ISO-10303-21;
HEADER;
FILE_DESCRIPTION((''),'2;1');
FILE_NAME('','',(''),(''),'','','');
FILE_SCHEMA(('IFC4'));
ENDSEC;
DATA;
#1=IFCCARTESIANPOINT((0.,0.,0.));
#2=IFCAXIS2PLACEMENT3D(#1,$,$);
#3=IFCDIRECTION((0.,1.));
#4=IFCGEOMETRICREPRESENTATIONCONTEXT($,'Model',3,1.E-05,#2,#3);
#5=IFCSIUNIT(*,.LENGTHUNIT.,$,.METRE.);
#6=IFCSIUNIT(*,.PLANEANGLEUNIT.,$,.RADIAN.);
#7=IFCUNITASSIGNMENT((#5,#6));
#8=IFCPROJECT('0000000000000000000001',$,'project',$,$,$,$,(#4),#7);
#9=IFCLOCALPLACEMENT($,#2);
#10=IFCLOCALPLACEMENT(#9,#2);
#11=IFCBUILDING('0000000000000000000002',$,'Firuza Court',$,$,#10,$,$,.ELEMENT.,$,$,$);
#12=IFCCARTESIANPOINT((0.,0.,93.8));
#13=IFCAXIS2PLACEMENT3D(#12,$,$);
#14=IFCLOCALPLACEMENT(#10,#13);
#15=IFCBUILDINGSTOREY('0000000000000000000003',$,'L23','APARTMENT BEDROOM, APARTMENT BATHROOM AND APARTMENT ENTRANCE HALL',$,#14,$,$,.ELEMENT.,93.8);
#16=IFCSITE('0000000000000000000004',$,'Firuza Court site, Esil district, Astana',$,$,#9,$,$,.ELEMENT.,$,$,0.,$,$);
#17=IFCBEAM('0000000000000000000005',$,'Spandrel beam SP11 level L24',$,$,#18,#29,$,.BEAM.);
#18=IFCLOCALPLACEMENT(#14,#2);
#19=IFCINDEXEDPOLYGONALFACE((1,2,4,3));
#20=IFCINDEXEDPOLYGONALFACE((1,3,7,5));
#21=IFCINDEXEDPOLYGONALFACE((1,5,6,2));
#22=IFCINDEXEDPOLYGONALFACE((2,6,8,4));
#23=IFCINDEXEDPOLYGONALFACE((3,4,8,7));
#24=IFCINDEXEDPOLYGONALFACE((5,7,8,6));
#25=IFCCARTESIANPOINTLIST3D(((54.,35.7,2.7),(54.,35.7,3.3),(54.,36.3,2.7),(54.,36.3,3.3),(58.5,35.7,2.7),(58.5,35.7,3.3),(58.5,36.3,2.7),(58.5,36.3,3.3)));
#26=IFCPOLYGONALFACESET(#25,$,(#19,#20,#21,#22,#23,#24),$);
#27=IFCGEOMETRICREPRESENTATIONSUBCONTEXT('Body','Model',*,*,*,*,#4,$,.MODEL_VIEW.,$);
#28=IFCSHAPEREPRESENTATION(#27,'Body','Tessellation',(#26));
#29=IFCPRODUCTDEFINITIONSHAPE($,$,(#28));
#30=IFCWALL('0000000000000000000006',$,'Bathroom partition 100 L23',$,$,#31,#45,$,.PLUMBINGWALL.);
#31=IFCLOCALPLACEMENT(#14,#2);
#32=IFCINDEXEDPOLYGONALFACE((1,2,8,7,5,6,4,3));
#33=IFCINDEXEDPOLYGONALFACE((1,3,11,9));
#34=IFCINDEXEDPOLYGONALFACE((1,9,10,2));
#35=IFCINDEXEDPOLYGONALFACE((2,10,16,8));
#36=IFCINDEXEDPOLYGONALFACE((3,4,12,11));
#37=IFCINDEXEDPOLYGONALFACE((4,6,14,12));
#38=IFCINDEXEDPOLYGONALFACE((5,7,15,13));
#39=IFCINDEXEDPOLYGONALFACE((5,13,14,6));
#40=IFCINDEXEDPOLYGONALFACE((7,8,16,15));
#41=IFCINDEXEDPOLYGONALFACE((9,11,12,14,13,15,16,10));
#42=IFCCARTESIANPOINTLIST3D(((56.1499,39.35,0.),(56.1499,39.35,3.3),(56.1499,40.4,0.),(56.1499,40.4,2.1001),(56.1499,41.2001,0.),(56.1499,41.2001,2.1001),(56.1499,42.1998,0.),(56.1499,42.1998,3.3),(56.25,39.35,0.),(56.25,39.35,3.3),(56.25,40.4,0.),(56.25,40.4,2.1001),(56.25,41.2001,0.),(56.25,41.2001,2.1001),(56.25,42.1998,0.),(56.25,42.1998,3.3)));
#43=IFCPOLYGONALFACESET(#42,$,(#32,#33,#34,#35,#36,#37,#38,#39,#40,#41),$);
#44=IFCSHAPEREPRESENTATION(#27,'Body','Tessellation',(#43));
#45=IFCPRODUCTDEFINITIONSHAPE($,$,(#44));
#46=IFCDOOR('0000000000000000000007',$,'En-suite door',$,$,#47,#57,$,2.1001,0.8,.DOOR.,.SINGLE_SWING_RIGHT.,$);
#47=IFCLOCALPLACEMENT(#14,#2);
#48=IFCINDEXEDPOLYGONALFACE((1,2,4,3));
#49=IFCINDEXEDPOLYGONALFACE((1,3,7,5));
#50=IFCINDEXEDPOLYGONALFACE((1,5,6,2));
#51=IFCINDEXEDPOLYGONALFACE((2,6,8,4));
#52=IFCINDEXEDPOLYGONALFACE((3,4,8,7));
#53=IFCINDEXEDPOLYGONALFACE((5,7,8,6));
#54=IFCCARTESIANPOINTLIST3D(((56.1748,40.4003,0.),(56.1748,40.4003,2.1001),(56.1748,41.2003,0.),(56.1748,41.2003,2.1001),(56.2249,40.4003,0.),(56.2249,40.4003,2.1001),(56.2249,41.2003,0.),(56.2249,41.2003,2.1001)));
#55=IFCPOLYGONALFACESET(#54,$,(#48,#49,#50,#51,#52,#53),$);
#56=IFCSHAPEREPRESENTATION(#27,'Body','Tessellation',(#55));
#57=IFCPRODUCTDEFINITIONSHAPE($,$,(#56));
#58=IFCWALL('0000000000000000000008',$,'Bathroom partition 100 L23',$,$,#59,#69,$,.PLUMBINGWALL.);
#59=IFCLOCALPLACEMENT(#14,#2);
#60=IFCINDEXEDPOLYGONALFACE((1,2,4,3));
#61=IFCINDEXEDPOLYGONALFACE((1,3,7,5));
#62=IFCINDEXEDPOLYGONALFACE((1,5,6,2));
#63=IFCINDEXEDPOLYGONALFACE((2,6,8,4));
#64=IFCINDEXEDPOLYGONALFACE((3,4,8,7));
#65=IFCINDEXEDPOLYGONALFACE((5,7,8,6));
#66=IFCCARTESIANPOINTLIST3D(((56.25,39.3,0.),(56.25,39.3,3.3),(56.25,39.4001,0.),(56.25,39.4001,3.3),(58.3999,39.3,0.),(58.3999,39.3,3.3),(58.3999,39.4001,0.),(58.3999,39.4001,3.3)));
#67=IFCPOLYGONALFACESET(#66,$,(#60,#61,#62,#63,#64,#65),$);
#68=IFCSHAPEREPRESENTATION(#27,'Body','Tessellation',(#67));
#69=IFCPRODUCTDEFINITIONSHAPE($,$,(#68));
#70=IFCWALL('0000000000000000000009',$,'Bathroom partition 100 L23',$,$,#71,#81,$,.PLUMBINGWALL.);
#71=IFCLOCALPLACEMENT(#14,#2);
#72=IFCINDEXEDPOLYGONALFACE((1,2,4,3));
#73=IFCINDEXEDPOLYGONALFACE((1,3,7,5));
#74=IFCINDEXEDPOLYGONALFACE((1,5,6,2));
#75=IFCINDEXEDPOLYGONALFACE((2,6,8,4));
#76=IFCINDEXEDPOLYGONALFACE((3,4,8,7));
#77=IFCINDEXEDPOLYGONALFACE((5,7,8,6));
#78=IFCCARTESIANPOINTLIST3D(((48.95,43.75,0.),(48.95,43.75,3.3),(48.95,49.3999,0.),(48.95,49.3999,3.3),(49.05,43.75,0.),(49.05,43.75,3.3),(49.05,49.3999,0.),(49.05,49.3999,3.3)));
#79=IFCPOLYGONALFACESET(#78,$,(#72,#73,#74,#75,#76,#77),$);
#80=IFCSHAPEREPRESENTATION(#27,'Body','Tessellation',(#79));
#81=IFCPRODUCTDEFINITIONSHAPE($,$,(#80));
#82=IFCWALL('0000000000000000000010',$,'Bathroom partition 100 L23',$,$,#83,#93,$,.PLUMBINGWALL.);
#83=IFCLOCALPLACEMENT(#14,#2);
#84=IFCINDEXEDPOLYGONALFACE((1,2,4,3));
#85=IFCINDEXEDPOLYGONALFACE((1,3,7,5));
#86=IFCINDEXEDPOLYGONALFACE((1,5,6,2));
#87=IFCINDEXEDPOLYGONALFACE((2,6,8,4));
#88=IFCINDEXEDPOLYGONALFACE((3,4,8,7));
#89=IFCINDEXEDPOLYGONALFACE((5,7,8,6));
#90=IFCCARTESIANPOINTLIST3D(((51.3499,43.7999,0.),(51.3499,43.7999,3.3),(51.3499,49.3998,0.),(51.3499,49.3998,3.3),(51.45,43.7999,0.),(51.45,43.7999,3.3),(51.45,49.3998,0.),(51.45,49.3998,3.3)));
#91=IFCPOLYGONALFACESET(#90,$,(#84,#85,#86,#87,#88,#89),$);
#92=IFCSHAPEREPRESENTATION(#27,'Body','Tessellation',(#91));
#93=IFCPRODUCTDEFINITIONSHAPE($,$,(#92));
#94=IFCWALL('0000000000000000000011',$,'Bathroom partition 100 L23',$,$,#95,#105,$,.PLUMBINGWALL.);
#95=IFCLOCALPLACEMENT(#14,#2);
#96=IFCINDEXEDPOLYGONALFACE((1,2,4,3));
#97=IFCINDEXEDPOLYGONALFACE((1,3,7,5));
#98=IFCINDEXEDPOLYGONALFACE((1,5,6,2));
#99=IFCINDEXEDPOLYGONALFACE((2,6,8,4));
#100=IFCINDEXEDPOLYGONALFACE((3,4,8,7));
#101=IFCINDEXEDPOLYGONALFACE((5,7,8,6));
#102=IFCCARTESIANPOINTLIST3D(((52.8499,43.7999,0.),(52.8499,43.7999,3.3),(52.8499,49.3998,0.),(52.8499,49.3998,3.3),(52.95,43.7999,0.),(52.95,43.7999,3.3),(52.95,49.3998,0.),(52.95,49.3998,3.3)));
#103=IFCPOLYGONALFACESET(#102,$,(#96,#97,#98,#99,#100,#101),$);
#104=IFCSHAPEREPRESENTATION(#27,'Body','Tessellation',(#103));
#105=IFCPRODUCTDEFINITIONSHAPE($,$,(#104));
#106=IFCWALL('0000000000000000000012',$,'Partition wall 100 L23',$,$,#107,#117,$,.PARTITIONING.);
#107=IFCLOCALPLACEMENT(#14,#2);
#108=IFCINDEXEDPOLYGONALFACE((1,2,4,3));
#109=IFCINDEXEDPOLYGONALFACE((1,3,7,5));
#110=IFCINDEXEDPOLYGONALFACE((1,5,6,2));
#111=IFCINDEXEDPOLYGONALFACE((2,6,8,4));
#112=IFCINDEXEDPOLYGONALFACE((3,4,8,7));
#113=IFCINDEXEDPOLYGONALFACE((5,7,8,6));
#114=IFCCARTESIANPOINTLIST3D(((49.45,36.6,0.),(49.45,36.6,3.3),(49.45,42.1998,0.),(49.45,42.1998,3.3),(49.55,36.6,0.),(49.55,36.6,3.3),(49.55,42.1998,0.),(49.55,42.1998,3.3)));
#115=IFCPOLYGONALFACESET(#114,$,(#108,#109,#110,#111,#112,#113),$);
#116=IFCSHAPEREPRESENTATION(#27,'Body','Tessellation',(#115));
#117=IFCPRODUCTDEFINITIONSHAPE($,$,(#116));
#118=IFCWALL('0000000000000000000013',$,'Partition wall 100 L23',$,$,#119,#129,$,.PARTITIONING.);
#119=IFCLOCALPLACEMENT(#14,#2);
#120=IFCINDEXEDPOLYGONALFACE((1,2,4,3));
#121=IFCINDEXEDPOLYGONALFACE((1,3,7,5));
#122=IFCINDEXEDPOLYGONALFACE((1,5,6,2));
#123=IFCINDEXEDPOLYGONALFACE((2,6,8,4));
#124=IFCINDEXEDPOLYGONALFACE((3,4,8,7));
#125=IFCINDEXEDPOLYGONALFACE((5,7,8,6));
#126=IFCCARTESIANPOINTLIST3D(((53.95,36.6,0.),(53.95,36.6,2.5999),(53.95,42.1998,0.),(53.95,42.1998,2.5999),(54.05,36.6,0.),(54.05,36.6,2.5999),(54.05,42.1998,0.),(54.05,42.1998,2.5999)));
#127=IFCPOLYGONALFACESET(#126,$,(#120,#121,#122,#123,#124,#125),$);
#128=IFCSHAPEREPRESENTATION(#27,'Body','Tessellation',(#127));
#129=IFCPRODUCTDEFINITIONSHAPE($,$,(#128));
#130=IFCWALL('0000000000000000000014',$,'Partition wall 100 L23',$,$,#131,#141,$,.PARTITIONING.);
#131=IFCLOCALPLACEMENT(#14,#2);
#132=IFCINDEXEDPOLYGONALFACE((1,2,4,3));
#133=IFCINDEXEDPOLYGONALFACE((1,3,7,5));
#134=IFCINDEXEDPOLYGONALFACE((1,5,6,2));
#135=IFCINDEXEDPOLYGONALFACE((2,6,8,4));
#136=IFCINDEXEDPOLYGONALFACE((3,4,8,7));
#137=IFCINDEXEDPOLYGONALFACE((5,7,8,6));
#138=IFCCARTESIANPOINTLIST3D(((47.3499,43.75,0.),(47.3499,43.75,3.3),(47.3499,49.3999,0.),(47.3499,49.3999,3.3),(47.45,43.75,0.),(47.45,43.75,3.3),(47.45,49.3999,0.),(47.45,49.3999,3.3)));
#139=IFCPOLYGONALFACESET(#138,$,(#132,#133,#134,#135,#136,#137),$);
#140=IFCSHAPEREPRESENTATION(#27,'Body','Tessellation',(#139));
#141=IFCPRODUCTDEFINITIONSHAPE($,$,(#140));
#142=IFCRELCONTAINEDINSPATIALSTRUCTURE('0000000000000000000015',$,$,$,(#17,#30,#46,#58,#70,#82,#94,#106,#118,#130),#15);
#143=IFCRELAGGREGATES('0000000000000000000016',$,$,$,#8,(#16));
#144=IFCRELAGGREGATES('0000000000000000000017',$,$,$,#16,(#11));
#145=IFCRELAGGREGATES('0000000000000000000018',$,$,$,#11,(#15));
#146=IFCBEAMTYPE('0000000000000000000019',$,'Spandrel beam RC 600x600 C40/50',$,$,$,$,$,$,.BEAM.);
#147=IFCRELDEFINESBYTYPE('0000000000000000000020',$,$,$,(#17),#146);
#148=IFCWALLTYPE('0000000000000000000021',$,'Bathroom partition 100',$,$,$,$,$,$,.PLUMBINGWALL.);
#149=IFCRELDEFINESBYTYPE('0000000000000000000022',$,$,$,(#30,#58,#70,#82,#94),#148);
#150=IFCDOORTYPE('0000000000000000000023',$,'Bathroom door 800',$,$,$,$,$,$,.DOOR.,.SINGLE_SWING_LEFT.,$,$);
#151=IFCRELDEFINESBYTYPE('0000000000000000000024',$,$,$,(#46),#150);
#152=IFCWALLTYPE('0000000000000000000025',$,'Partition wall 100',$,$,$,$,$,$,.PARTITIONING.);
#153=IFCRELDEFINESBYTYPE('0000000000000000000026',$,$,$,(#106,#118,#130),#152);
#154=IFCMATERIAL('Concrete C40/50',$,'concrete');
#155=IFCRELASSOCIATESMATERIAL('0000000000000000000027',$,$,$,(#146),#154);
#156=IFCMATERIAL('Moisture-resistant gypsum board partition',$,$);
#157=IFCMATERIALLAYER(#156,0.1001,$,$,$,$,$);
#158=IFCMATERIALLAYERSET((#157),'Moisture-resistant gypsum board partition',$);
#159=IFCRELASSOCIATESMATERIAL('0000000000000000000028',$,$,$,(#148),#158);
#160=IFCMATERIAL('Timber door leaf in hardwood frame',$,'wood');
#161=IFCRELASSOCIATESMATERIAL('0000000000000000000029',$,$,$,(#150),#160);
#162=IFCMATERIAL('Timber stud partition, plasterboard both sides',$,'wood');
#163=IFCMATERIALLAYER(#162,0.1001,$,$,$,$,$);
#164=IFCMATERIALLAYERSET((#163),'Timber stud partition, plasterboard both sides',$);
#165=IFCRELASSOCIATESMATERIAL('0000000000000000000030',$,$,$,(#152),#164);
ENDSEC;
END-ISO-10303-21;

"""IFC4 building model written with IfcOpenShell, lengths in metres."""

from ifc_helpers import new_model, si_unit, direction, frame, frame_2d, origin, origin_2d, place, context, subcontext, project, spatial, rectangle, extrude, material, layer, layer_set, material_profile, profile_set, type_object, element, fill, save


model = new_model("IFC4")

# Units and contexts
model_context = context("Model", 3, precision=1e-05, world=origin(), true_north=direction((0.0, 1.0)))
body_context = subcontext(model_context, "Body", "Model", "MODEL_VIEW")
ifc_project = project(units=[si_unit("LENGTHUNIT", "METRE"), si_unit("PLANEANGLEUNIT", "RADIAN")], contexts=[model_context])

# Site, building, storey
site_placement = place(None, origin())
site = spatial("IfcSite", under=ifc_project, at=site_placement, Name="Firuza Court site, Esil district, Astana", CompositionType="ELEMENT", RefElevation=0.0)
building_placement = place(site_placement, origin())
building = spatial("IfcBuilding", under=site, at=building_placement, Name="Firuza Court", CompositionType="ELEMENT")
storey_placement = place(building_placement, frame((0.0, 0.0, 93.8)))
storey = spatial("IfcBuildingStorey", under=building, at=storey_placement, Name="L23", Description="APARTMENT BEDROOM, APARTMENT BATHROOM AND APARTMENT ENTRANCE HALL", CompositionType="ELEMENT", Elevation=93.8)

# Beam
ifc_material_1 = material(Name="Concrete C40/50", Category="concrete")
ifc_material_profile_1 = material_profile(ifc_material_1, rectangle(XDim=0.6001, YDim=0.6001, at=origin_2d()), Name="RC 600x600")
ifc_profile_set_1 = profile_set([ifc_material_profile_1], Name="Concrete C40/50")
beam_type_1 = type_object("IfcBeamType", Name="Spandrel beam RC 600x600 C40/50", PredefinedType="BEAM", material=ifc_profile_set_1)
for number, where, z_axis, x_axis, name in (
    (1, (54.0, 36.0, 3.0), (1.0, 0.0, 0.0), (0.0, 1.0, 0.0), "Spandrel beam SP11 level L24"),
):
    element("IfcBeam", number, at=place(storey_placement, frame(where, z_axis=z_axis, x_axis=x_axis)), inside=storey, type_object=beam_type_1, Name=name, PredefinedType="BEAM", context=body_context, shape_type="SweptSolid", body=[
        extrude(rectangle(XDim=0.6001, YDim=0.6001, at=origin_2d()), origin(), (0.0, 0.0, 1.0), 4.5),
    ])

# Wall, opening, door
ifc_material_2 = material(Name="Moisture-resistant gypsum board partition")
ifc_layer_1 = layer(ifc_material_2, 0.1001)
ifc_layer_set_1 = layer_set([ifc_layer_1], Name="Moisture-resistant gypsum board partition")
wall_type_1 = type_object("IfcWallType", Name="Bathroom partition 100", PredefinedType="PLUMBINGWALL", material=ifc_layer_set_1)
wall_1_placement = place(storey_placement, frame((56.2, 39.3501, 0.0), z_axis=(0.0, 0.0, 1.0), x_axis=(0.0, 1.0, 0.0)))
wall_1 = element("IfcWall", 2, at=wall_1_placement, inside=storey, type_object=wall_type_1, Name="Bathroom partition 100 L23", PredefinedType="PLUMBINGWALL", context=body_context, shape_type="SweptSolid", body=[
    extrude(rectangle(XDim=2.8499, YDim=0.1001, at=frame_2d((1.4248, 0.0))), origin(), (0.0, 0.0, 1.0), 3.3),
])
opening_1_placement = place(wall_1_placement, frame((1.05, 0.0, 0.0)))
opening_1 = element("IfcOpeningElement", 3, at=opening_1_placement, cuts=wall_1, PredefinedType="OPENING", context=body_context, shape_type="SweptSolid", body=[
    extrude(rectangle(XDim=0.8, YDim=2.1001, at=frame_2d((0.3999, 1.05))), frame((0.0, 0.062, 0.0), z_axis=(0.0, -1.0, 0.0), x_axis=(1.0, 0.0, 0.0)), (0.0, 0.0, 1.0), 0.124),
])
ifc_material_3 = material(Name="Timber door leaf in hardwood frame", Category="wood")
door_type_1 = type_object("IfcDoorType", Name="Bathroom door 800", OperationType="SINGLE_SWING_LEFT", PredefinedType="DOOR", material=ifc_material_3)
door_1_placement = place(opening_1_placement, frame((0.8, 0.0, 0.0), z_axis=(0.0, 0.0, 1.0), x_axis=(-1.0, 0.0, 0.0)))
door_1 = element("IfcDoor", 4, at=door_1_placement, inside=storey, type_object=door_type_1, Name="En-suite door", OperationType="SINGLE_SWING_RIGHT", OverallHeight=2.1001, OverallWidth=0.8, PredefinedType="DOOR", context=body_context, shape_type="SweptSolid", body=[
    extrude(rectangle(XDim=0.8, YDim=2.1001, at=frame_2d((0.3999, 1.05))), frame((0.0, 0.0249, 0.0), z_axis=(0.0, -1.0, 0.0), x_axis=(1.0, 0.0, 0.0)), (0.0, 0.0, 1.0), 0.05),
])
fill(opening_1, door_1)

# Walls
wall_2_placement = place(storey_placement, frame((56.25, 39.3501, 0.0), z_axis=(0.0, 0.0, 1.0), x_axis=(1.0, 0.0, 0.0)))
element("IfcWall", 5, at=wall_2_placement, inside=storey, type_object=wall_type_1, Name="Bathroom partition 100 L23", PredefinedType="PLUMBINGWALL", context=body_context, shape_type="SweptSolid", body=[
    extrude(rectangle(XDim=2.1499, YDim=0.1001, at=frame_2d((1.075, 0.0))), origin(), (0.0, 0.0, 1.0), 3.3),
])
wall_3_placement = place(storey_placement, frame((49.0, 43.75, 0.0), z_axis=(0.0, 0.0, 1.0), x_axis=(0.0, 1.0, 0.0)))
element("IfcWall", 6, at=wall_3_placement, inside=storey, type_object=wall_type_1, Name="Bathroom partition 100 L23", PredefinedType="PLUMBINGWALL", context=body_context, shape_type="SweptSolid", body=[
    extrude(rectangle(XDim=5.6499, YDim=0.1001, at=frame_2d((2.825, 0.0))), origin(), (0.0, 0.0, 1.0), 3.3),
])
for number, where, z_axis, x_axis, name in (
    (7, (51.3999, 43.8, 0.0), (0.0, 0.0, 1.0), (0.0, 1.0, 0.0), "Bathroom partition 100 L23"),
    (8, (52.8999, 43.8, 0.0), (0.0, 0.0, 1.0), (0.0, 1.0, 0.0), "Bathroom partition 100 L23"),
):
    element("IfcWall", number, at=place(storey_placement, frame(where, z_axis=z_axis, x_axis=x_axis)), inside=storey, type_object=wall_type_1, Name=name, PredefinedType="PLUMBINGWALL", context=body_context, shape_type="SweptSolid", body=[
        extrude(rectangle(XDim=5.5999, YDim=0.1001, at=frame_2d((2.7998, 0.0))), origin(), (0.0, 0.0, 1.0), 3.3),
    ])
ifc_material_4 = material(Name="Timber stud partition, plasterboard both sides", Category="wood")
ifc_layer_2 = layer(ifc_material_4, 0.1001)
ifc_layer_set_2 = layer_set([ifc_layer_2], Name="Timber stud partition, plasterboard both sides")
wall_type_2 = type_object("IfcWallType", Name="Partition wall 100", PredefinedType="PARTITIONING", material=ifc_layer_set_2)
wall_4_placement = place(storey_placement, frame((49.5, 36.6001, 0.0), z_axis=(0.0, 0.0, 1.0), x_axis=(0.0, 1.0, 0.0)))
element("IfcWall", 9, at=wall_4_placement, inside=storey, type_object=wall_type_2, Name="Partition wall 100 L23", PredefinedType="PARTITIONING", context=body_context, shape_type="SweptSolid", body=[
    extrude(rectangle(XDim=5.5999, YDim=0.1001, at=frame_2d((2.7998, 0.0))), origin(), (0.0, 0.0, 1.0), 3.3),
])
wall_5_placement = place(storey_placement, frame((54.0, 36.6001, 0.0), z_axis=(0.0, 0.0, 1.0), x_axis=(0.0, 1.0, 0.0)))
element("IfcWall", 10, at=wall_5_placement, inside=storey, type_object=wall_type_2, Name="Partition wall 100 L23", PredefinedType="PARTITIONING", context=body_context, shape_type="SweptSolid", body=[
    extrude(rectangle(XDim=5.5999, YDim=0.1001, at=frame_2d((2.7998, 0.0))), origin(), (0.0, 0.0, 1.0), 2.5999),
])
wall_6_placement = place(storey_placement, frame((47.3999, 43.75, 0.0), z_axis=(0.0, 0.0, 1.0), x_axis=(0.0, 1.0, 0.0)))
element("IfcWall", 11, at=wall_6_placement, inside=storey, type_object=wall_type_2, Name="Partition wall 100 L23", PredefinedType="PARTITIONING", context=body_context, shape_type="SweptSolid", body=[
    extrude(rectangle(XDim=5.6499, YDim=0.1001, at=frame_2d((2.825, 0.0))), origin(), (0.0, 0.0, 1.0), 3.3),
])

save(model, "model.ifc")
